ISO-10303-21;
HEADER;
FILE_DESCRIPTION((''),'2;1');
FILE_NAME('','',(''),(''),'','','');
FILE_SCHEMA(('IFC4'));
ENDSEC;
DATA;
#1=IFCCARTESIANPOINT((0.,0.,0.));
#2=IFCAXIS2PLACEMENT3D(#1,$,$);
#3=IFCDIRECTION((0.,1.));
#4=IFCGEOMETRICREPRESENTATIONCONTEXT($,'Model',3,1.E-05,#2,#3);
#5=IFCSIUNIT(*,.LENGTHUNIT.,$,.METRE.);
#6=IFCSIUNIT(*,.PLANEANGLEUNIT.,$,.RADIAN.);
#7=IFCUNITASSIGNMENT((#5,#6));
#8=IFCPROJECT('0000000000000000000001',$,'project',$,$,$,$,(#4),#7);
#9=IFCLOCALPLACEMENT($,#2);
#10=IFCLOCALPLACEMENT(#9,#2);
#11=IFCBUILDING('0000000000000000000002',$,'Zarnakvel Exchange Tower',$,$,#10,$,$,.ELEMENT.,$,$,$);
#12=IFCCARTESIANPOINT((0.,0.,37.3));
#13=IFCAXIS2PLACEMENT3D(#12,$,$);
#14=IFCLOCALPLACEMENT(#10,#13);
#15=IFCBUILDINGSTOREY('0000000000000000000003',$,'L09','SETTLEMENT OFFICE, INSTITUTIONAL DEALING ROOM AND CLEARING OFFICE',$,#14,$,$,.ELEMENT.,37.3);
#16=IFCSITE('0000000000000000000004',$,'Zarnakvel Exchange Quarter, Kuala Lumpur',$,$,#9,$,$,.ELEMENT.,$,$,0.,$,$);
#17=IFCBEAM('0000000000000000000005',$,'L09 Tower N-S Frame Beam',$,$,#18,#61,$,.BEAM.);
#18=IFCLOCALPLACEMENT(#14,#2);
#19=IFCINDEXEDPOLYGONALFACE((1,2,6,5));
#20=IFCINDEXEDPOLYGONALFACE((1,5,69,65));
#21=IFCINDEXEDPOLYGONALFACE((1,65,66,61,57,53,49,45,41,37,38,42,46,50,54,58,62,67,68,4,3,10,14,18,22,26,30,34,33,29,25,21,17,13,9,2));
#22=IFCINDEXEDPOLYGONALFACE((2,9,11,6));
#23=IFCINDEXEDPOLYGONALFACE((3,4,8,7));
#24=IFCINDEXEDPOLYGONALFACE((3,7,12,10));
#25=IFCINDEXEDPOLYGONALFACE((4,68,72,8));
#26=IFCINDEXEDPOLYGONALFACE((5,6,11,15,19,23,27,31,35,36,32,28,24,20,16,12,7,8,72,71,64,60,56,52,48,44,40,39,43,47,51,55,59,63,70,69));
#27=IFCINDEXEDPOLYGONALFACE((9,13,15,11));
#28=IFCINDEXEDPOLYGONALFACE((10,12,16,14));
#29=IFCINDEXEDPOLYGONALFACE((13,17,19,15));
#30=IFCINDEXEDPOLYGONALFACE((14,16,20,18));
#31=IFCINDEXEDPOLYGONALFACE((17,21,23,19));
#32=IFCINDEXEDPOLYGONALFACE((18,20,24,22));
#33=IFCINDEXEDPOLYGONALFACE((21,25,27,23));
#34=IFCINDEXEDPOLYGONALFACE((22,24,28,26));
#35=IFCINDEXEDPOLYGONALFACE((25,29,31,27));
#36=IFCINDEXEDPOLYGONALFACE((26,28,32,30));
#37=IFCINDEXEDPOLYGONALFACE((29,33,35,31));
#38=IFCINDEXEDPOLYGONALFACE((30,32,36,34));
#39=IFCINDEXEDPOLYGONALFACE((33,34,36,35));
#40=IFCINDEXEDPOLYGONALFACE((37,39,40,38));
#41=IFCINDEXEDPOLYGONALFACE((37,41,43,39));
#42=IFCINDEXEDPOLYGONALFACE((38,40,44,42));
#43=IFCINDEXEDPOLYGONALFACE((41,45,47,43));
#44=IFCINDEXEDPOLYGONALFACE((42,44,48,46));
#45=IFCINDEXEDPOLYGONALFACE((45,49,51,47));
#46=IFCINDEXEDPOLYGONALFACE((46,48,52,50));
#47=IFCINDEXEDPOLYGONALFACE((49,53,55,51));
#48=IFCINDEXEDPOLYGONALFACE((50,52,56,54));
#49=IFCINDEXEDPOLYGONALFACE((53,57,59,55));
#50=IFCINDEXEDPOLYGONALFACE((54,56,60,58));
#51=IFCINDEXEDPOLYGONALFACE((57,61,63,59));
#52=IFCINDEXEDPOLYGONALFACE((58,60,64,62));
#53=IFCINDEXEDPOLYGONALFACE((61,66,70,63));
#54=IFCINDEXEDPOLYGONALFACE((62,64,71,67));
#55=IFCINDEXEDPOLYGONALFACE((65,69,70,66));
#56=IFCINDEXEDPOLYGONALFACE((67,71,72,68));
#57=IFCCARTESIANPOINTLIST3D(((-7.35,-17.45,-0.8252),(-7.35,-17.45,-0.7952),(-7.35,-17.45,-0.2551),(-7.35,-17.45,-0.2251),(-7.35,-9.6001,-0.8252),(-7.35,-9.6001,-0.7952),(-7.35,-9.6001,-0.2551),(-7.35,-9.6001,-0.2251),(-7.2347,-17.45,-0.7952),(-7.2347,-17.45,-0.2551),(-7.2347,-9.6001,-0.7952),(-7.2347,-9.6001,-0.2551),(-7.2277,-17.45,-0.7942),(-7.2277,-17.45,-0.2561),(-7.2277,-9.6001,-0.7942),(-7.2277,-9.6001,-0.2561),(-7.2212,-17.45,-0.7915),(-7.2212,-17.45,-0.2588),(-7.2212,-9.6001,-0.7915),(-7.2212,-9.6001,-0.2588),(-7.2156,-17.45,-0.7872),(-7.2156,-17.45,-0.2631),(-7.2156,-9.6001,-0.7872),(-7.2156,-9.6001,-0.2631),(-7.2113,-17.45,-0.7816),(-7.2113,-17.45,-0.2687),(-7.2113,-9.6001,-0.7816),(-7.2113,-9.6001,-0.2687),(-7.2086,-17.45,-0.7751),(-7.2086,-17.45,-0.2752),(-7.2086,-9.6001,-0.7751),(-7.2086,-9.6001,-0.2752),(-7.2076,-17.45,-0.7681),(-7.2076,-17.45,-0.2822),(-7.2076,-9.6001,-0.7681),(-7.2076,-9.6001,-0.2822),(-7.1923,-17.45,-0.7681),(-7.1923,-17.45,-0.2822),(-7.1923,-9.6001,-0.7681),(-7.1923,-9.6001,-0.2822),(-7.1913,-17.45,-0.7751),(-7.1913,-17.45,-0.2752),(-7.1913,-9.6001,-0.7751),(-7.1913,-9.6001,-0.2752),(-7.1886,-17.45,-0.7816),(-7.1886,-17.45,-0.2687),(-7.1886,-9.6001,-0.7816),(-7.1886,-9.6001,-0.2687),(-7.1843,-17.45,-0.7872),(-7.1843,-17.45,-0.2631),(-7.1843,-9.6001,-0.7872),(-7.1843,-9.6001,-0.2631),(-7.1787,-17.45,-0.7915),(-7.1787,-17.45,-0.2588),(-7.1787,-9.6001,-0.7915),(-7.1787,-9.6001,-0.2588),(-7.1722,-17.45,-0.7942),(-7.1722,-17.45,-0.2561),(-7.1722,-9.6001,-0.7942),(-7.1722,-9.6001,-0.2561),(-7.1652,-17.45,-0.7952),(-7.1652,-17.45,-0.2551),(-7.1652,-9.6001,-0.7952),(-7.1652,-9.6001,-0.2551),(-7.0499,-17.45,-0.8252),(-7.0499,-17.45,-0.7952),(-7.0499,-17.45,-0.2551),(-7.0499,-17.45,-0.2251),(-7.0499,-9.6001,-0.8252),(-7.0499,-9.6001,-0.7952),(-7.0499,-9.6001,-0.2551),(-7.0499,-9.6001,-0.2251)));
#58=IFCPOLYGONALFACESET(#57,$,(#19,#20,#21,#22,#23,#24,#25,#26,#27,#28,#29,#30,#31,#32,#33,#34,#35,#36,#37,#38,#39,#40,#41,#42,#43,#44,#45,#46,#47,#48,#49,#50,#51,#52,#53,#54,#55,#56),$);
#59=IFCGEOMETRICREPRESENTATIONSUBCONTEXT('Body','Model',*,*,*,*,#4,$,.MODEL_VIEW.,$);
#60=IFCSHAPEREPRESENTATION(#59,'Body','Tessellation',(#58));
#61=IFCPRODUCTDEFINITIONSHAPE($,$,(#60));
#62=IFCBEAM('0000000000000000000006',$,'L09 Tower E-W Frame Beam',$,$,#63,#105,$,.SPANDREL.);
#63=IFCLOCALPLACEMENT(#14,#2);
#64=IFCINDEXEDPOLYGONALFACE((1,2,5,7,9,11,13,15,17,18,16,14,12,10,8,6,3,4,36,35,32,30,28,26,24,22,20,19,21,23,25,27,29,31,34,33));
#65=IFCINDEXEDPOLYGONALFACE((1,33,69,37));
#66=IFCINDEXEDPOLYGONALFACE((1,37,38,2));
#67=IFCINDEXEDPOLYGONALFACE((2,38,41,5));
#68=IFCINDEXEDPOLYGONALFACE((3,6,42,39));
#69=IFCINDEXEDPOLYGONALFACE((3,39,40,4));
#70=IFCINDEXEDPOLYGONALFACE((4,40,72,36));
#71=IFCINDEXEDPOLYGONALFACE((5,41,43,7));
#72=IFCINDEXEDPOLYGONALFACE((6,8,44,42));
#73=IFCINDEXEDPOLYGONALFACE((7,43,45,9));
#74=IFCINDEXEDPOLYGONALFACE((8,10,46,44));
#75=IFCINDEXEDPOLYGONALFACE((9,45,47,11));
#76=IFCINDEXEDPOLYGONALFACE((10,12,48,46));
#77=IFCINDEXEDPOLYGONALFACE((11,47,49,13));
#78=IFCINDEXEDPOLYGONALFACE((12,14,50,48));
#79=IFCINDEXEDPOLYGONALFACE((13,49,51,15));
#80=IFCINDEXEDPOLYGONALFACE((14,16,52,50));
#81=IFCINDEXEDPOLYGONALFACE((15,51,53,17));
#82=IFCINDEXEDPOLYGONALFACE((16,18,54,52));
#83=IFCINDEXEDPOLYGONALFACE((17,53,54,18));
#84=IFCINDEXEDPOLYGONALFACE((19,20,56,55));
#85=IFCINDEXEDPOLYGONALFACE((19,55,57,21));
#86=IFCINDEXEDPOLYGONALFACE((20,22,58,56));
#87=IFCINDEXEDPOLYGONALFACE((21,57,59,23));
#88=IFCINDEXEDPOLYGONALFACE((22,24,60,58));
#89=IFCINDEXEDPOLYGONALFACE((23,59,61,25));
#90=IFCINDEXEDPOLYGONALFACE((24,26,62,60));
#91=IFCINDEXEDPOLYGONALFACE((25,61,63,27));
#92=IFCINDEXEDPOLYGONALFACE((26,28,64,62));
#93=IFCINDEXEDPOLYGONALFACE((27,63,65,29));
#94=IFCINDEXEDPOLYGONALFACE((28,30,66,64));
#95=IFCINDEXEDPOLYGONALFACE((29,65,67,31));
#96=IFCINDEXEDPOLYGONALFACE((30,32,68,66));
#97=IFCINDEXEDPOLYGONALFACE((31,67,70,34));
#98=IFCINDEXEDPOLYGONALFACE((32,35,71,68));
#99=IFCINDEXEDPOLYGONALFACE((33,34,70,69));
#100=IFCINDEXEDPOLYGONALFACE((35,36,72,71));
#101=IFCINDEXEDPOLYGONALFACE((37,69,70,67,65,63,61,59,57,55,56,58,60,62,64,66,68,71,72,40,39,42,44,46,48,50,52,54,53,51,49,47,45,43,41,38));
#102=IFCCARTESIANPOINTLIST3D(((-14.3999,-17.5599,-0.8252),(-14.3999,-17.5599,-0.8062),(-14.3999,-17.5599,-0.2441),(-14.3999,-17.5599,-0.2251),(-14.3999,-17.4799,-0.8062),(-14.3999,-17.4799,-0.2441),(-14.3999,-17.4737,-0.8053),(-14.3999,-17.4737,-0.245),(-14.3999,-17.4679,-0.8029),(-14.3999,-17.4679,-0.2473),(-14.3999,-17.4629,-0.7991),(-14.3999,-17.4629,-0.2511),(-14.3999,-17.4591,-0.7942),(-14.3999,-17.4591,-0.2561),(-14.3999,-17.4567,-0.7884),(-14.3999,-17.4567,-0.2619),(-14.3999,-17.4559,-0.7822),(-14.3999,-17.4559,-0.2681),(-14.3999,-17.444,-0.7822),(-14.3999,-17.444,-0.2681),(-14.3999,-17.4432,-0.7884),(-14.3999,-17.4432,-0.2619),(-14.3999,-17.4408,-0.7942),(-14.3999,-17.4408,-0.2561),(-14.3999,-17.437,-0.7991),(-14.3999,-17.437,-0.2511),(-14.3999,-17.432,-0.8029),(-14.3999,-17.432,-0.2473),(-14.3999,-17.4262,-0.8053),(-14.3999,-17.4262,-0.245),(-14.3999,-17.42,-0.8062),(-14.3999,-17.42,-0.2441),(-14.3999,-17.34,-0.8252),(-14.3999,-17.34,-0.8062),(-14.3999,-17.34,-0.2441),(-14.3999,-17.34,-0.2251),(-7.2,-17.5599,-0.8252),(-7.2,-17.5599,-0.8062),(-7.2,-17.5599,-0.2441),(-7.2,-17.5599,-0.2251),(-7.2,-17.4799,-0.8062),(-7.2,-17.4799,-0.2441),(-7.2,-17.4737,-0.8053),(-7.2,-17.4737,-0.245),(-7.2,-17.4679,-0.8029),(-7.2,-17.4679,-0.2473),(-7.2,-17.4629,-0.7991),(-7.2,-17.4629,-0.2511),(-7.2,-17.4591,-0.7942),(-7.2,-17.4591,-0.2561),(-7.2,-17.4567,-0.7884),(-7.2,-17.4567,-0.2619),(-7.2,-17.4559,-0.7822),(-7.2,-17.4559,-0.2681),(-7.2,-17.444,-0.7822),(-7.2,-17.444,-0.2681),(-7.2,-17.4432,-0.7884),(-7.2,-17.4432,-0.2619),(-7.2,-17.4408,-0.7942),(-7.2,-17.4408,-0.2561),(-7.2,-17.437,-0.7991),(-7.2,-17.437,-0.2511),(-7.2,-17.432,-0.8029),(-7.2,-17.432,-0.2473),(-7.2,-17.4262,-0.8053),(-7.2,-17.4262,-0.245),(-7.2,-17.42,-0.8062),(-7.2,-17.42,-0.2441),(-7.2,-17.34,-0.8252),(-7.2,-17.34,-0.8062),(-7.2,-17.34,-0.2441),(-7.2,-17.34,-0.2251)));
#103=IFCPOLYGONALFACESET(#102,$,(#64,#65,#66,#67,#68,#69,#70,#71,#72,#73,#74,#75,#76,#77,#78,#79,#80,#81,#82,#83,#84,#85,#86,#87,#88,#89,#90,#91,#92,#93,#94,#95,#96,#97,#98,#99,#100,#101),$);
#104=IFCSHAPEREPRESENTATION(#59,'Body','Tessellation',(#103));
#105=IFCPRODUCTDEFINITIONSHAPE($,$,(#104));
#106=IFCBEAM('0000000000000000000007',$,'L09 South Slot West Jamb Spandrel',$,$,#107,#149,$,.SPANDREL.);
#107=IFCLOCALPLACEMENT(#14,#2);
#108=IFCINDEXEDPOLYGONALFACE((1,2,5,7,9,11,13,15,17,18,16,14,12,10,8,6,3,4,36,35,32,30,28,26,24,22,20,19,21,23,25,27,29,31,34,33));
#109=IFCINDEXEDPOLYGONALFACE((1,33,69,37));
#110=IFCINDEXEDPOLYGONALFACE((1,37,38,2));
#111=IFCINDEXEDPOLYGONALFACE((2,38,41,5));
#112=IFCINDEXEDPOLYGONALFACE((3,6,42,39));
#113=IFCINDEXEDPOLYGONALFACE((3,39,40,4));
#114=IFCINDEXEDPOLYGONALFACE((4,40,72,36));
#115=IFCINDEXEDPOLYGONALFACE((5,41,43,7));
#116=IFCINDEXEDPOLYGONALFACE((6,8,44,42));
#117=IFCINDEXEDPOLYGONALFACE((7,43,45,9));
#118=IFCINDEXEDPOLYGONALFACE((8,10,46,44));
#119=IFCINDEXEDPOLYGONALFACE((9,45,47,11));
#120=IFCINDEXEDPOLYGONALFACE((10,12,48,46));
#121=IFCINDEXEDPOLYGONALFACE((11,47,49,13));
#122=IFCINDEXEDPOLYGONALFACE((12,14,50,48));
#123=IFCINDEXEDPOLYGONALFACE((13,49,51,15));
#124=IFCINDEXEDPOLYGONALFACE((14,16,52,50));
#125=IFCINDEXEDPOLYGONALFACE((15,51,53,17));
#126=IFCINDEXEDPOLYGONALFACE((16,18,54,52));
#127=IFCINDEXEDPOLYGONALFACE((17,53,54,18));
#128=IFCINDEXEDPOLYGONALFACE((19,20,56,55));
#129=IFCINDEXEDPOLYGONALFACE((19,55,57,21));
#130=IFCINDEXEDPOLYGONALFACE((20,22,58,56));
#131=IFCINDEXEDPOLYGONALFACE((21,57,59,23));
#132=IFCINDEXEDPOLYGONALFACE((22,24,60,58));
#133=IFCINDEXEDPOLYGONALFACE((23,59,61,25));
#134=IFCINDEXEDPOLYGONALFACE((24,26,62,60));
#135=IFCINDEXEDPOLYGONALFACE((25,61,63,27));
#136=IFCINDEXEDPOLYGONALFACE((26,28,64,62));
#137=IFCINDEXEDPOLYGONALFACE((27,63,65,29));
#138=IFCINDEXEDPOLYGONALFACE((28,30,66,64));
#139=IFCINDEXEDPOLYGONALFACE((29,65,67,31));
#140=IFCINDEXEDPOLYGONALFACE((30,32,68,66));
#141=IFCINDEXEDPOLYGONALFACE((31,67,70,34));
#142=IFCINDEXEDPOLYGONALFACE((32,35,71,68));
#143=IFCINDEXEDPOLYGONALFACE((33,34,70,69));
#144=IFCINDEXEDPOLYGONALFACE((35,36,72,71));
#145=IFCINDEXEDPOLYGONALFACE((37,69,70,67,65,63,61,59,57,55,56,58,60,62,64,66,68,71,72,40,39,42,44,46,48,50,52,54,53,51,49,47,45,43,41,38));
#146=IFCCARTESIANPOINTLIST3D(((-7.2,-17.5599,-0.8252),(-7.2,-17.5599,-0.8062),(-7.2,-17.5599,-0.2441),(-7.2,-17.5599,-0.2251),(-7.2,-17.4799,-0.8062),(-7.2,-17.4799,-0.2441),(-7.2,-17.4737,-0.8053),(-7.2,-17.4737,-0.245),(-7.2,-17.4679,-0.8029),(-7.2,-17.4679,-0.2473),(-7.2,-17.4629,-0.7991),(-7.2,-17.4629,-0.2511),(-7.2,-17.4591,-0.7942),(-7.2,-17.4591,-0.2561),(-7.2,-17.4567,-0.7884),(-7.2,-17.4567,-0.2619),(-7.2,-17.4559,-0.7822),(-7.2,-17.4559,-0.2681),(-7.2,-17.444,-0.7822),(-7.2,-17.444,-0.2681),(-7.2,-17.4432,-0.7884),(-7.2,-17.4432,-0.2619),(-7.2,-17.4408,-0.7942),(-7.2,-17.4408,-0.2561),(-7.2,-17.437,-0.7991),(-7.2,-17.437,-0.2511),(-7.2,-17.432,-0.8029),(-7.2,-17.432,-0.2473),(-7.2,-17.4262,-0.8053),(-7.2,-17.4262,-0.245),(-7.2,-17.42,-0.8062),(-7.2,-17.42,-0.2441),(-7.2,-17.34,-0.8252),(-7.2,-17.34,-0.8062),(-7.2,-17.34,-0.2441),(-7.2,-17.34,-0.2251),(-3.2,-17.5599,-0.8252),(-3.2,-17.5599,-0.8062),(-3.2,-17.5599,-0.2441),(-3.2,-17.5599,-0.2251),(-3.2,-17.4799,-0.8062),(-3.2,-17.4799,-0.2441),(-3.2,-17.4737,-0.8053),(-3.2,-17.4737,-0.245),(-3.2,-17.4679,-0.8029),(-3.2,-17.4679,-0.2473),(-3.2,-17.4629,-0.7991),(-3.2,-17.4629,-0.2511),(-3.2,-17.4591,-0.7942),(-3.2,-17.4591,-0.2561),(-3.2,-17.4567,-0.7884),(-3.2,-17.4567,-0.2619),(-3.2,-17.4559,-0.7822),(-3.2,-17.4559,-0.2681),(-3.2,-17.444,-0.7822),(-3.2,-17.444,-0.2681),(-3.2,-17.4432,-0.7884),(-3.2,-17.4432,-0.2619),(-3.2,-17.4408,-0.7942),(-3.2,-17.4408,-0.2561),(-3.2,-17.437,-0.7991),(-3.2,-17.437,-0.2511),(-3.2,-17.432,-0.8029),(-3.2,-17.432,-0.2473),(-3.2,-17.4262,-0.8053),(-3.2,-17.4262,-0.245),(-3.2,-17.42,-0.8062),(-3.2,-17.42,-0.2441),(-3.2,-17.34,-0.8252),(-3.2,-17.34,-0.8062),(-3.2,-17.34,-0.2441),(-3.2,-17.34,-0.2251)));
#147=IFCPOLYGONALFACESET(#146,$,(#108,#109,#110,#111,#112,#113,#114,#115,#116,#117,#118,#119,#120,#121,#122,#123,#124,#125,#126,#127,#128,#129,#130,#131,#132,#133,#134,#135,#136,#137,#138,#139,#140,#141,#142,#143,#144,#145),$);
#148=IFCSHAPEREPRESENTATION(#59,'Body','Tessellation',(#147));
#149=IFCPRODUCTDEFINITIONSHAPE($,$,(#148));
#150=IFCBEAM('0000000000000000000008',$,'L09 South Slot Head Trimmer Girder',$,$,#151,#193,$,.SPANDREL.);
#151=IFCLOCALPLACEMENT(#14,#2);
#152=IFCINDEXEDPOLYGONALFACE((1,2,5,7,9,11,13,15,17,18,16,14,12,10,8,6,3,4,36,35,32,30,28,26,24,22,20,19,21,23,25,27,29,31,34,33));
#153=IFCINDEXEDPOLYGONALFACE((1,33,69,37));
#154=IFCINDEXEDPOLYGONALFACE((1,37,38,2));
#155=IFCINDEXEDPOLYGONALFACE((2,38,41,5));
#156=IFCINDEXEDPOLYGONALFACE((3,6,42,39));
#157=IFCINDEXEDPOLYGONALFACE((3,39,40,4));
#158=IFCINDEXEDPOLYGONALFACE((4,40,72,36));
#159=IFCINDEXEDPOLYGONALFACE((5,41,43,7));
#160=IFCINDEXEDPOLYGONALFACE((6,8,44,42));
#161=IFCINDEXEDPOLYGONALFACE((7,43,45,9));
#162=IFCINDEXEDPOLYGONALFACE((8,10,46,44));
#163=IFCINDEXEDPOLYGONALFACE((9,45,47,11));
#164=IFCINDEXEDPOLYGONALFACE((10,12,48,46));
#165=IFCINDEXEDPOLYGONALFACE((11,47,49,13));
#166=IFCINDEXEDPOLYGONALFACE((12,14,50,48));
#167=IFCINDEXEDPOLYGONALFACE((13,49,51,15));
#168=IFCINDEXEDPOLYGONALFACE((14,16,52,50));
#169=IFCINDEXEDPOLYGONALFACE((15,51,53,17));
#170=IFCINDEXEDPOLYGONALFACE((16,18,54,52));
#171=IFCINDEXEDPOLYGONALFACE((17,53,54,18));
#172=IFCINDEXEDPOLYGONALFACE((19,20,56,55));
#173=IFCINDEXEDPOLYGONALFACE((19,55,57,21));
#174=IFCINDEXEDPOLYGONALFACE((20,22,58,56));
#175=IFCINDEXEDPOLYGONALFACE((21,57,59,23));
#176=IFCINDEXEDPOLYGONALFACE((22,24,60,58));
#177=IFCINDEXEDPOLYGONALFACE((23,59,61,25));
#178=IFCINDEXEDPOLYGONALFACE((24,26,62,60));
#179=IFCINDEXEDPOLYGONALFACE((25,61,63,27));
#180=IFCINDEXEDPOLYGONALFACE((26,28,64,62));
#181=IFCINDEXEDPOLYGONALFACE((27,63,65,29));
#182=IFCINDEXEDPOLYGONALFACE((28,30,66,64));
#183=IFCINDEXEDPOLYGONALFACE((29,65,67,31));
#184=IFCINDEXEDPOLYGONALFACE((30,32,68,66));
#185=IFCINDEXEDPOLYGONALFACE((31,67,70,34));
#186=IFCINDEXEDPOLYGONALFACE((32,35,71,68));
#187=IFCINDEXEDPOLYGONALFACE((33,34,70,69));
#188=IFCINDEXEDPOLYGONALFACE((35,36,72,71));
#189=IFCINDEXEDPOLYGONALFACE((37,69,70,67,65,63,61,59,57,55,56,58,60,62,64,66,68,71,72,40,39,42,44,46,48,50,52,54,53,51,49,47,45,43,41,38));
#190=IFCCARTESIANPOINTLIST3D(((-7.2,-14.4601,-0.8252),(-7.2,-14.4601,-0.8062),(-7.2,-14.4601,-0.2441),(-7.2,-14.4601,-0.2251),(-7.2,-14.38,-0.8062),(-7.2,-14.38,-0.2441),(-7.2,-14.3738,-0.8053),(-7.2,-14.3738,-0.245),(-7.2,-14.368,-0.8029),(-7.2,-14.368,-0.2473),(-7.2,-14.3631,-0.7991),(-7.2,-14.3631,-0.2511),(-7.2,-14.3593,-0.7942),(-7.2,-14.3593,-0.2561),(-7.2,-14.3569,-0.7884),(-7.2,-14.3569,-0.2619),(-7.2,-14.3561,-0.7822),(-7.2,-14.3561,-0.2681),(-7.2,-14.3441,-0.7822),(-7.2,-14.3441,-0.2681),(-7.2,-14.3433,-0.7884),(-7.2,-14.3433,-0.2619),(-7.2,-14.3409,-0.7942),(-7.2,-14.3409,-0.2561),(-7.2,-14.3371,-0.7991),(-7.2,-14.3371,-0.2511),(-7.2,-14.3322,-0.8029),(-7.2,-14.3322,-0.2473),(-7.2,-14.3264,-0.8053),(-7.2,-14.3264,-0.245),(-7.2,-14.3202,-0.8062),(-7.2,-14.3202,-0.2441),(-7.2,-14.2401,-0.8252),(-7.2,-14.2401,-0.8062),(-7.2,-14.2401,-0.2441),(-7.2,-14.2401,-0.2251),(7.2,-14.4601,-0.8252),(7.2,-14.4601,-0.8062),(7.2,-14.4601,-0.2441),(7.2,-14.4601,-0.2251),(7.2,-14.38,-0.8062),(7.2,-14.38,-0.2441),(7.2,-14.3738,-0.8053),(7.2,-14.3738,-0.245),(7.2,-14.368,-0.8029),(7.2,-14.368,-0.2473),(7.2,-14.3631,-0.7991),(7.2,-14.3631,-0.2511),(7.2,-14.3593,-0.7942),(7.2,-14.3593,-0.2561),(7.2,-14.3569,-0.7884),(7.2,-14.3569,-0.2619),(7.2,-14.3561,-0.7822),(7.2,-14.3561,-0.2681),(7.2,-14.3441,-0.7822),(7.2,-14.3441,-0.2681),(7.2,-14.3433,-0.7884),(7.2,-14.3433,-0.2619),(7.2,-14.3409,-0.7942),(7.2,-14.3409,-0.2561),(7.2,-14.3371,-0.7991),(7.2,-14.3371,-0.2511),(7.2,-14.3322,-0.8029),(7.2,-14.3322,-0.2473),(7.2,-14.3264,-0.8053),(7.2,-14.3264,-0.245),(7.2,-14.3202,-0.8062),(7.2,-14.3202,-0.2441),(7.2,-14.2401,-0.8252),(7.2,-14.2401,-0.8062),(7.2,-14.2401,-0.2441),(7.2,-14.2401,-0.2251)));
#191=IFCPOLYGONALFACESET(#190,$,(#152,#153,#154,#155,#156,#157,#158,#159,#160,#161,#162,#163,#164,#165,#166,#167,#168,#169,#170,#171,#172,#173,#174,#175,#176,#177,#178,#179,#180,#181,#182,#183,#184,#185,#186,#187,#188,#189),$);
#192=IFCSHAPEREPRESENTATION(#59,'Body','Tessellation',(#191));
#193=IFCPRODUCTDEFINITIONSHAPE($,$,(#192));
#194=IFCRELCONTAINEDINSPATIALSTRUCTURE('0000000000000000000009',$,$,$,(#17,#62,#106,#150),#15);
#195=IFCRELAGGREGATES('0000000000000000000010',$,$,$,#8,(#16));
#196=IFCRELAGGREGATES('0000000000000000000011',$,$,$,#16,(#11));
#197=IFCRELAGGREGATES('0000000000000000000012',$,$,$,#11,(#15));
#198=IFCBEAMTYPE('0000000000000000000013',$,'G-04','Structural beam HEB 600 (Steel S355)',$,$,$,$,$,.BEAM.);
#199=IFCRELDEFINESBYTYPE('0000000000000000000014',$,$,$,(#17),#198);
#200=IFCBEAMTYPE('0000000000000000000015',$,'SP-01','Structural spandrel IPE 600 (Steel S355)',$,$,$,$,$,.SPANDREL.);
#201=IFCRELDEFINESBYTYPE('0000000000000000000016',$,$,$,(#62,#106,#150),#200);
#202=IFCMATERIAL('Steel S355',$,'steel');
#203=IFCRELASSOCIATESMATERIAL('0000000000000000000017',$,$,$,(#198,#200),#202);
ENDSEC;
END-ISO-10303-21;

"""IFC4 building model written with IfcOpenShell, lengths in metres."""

from ifc_helpers import new_model, si_unit, direction, frame, origin, origin_2d, place, context, subcontext, project, spatial, i_section, extrude, material, material_profile, profile_set, type_object, element, save


model = new_model("IFC4")

# Units and contexts
model_context = context("Model", 3, precision=1e-05, world=origin(), true_north=direction((0.0, 1.0)))
body_context = subcontext(model_context, "Body", "Model", "MODEL_VIEW")
ifc_project = project(units=[si_unit("LENGTHUNIT", "METRE"), si_unit("PLANEANGLEUNIT", "RADIAN")], contexts=[model_context])

# Site, building, storey
site_placement = place(None, origin())
site = spatial("IfcSite", under=ifc_project, at=site_placement, Name="Zarnakvel Exchange Quarter, Kuala Lumpur", CompositionType="ELEMENT", RefElevation=0.0)
building_placement = place(site_placement, origin())
building = spatial("IfcBuilding", under=site, at=building_placement, Name="Zarnakvel Exchange Tower", CompositionType="ELEMENT")
storey_placement = place(building_placement, frame((0.0, 0.0, 37.3)))
storey = spatial("IfcBuildingStorey", under=building, at=storey_placement, Name="L09", Description="SETTLEMENT OFFICE, INSTITUTIONAL DEALING ROOM AND CLEARING OFFICE", CompositionType="ELEMENT", Elevation=37.3)

# Beams
ifc_material_1 = material(Name="Steel S355", Category="steel")
ifc_material_profile_1 = material_profile(ifc_material_1, i_section(OverallWidth=0.3, OverallDepth=0.6001, WebThickness=0.0154, FlangeThickness=0.03, FilletRadius=0.0271, at=origin_2d()))
ifc_profile_set_1 = profile_set([ifc_material_profile_1], Name="Steel S355")
beam_type_1 = type_object("IfcBeamType", Name="G-04", Description="Structural beam HEB 600 (Steel S355)", PredefinedType="BEAM", material=ifc_profile_set_1)
for number, where, z_axis, x_axis, name in (
    (1, (-7.2, -17.45, -0.5251), (0.0, 1.0, 0.0), (-1.0, 0.0, 0.0), "L09 Tower N-S Frame Beam"),
):
    element("IfcBeam", number, at=place(storey_placement, frame(where, z_axis=z_axis, x_axis=x_axis)), inside=storey, type_object=beam_type_1, Name=name, PredefinedType="BEAM", context=body_context, shape_type="SweptSolid", body=[
        extrude(i_section(OverallWidth=0.3, OverallDepth=0.6001, WebThickness=0.0154, FlangeThickness=0.03, FilletRadius=0.0271, at=origin_2d()), origin(), (0.0, 0.0, 1.0), 7.8499),
    ])
ifc_material_profile_2 = material_profile(ifc_material_1, i_section(OverallWidth=0.22, OverallDepth=0.6001, WebThickness=0.012, FlangeThickness=0.019, FilletRadius=0.0239, at=origin_2d()))
ifc_profile_set_2 = profile_set([ifc_material_profile_2], Name="Steel S355")
beam_type_2 = type_object("IfcBeamType", Name="SP-01", Description="Structural spandrel IPE 600 (Steel S355)", PredefinedType="SPANDREL", material=ifc_profile_set_2)
beam_1_placement = place(storey_placement, frame((-14.3999, -17.45, -0.5251), z_axis=(1.0, 0.0, 0.0), x_axis=(0.0, 1.0, 0.0)))
element("IfcBeam", 2, at=beam_1_placement, inside=storey, type_object=beam_type_2, Name="L09 Tower E-W Frame Beam", PredefinedType="SPANDREL", context=body_context, shape_type="SweptSolid", body=[
    extrude(i_section(OverallWidth=0.22, OverallDepth=0.6001, WebThickness=0.012, FlangeThickness=0.019, FilletRadius=0.0239, at=origin_2d()), origin(), (0.0, 0.0, 1.0), 7.2),
])
beam_2_placement = place(storey_placement, frame((-7.2, -17.45, -0.5251), z_axis=(1.0, 0.0, 0.0), x_axis=(0.0, 1.0, 0.0)))
element("IfcBeam", 3, at=beam_2_placement, inside=storey, type_object=beam_type_2, Name="L09 South Slot West Jamb Spandrel", PredefinedType="SPANDREL", context=body_context, shape_type="SweptSolid", body=[
    extrude(i_section(OverallWidth=0.22, OverallDepth=0.6001, WebThickness=0.012, FlangeThickness=0.019, FilletRadius=0.0239, at=origin_2d()), origin(), (0.0, 0.0, 1.0), 4.0),
])
beam_3_placement = place(storey_placement, frame((-7.2, -14.3501, -0.5251), z_axis=(1.0, 0.0, 0.0), x_axis=(0.0, 1.0, 0.0)))
element("IfcBeam", 4, at=beam_3_placement, inside=storey, type_object=beam_type_2, Name="L09 South Slot Head Trimmer Girder", PredefinedType="SPANDREL", context=body_context, shape_type="SweptSolid", body=[
    extrude(i_section(OverallWidth=0.22, OverallDepth=0.6001, WebThickness=0.012, FlangeThickness=0.019, FilletRadius=0.0239, at=origin_2d()), origin(), (0.0, 0.0, 1.0), 14.3999),
])

save(model, "model.ifc")
